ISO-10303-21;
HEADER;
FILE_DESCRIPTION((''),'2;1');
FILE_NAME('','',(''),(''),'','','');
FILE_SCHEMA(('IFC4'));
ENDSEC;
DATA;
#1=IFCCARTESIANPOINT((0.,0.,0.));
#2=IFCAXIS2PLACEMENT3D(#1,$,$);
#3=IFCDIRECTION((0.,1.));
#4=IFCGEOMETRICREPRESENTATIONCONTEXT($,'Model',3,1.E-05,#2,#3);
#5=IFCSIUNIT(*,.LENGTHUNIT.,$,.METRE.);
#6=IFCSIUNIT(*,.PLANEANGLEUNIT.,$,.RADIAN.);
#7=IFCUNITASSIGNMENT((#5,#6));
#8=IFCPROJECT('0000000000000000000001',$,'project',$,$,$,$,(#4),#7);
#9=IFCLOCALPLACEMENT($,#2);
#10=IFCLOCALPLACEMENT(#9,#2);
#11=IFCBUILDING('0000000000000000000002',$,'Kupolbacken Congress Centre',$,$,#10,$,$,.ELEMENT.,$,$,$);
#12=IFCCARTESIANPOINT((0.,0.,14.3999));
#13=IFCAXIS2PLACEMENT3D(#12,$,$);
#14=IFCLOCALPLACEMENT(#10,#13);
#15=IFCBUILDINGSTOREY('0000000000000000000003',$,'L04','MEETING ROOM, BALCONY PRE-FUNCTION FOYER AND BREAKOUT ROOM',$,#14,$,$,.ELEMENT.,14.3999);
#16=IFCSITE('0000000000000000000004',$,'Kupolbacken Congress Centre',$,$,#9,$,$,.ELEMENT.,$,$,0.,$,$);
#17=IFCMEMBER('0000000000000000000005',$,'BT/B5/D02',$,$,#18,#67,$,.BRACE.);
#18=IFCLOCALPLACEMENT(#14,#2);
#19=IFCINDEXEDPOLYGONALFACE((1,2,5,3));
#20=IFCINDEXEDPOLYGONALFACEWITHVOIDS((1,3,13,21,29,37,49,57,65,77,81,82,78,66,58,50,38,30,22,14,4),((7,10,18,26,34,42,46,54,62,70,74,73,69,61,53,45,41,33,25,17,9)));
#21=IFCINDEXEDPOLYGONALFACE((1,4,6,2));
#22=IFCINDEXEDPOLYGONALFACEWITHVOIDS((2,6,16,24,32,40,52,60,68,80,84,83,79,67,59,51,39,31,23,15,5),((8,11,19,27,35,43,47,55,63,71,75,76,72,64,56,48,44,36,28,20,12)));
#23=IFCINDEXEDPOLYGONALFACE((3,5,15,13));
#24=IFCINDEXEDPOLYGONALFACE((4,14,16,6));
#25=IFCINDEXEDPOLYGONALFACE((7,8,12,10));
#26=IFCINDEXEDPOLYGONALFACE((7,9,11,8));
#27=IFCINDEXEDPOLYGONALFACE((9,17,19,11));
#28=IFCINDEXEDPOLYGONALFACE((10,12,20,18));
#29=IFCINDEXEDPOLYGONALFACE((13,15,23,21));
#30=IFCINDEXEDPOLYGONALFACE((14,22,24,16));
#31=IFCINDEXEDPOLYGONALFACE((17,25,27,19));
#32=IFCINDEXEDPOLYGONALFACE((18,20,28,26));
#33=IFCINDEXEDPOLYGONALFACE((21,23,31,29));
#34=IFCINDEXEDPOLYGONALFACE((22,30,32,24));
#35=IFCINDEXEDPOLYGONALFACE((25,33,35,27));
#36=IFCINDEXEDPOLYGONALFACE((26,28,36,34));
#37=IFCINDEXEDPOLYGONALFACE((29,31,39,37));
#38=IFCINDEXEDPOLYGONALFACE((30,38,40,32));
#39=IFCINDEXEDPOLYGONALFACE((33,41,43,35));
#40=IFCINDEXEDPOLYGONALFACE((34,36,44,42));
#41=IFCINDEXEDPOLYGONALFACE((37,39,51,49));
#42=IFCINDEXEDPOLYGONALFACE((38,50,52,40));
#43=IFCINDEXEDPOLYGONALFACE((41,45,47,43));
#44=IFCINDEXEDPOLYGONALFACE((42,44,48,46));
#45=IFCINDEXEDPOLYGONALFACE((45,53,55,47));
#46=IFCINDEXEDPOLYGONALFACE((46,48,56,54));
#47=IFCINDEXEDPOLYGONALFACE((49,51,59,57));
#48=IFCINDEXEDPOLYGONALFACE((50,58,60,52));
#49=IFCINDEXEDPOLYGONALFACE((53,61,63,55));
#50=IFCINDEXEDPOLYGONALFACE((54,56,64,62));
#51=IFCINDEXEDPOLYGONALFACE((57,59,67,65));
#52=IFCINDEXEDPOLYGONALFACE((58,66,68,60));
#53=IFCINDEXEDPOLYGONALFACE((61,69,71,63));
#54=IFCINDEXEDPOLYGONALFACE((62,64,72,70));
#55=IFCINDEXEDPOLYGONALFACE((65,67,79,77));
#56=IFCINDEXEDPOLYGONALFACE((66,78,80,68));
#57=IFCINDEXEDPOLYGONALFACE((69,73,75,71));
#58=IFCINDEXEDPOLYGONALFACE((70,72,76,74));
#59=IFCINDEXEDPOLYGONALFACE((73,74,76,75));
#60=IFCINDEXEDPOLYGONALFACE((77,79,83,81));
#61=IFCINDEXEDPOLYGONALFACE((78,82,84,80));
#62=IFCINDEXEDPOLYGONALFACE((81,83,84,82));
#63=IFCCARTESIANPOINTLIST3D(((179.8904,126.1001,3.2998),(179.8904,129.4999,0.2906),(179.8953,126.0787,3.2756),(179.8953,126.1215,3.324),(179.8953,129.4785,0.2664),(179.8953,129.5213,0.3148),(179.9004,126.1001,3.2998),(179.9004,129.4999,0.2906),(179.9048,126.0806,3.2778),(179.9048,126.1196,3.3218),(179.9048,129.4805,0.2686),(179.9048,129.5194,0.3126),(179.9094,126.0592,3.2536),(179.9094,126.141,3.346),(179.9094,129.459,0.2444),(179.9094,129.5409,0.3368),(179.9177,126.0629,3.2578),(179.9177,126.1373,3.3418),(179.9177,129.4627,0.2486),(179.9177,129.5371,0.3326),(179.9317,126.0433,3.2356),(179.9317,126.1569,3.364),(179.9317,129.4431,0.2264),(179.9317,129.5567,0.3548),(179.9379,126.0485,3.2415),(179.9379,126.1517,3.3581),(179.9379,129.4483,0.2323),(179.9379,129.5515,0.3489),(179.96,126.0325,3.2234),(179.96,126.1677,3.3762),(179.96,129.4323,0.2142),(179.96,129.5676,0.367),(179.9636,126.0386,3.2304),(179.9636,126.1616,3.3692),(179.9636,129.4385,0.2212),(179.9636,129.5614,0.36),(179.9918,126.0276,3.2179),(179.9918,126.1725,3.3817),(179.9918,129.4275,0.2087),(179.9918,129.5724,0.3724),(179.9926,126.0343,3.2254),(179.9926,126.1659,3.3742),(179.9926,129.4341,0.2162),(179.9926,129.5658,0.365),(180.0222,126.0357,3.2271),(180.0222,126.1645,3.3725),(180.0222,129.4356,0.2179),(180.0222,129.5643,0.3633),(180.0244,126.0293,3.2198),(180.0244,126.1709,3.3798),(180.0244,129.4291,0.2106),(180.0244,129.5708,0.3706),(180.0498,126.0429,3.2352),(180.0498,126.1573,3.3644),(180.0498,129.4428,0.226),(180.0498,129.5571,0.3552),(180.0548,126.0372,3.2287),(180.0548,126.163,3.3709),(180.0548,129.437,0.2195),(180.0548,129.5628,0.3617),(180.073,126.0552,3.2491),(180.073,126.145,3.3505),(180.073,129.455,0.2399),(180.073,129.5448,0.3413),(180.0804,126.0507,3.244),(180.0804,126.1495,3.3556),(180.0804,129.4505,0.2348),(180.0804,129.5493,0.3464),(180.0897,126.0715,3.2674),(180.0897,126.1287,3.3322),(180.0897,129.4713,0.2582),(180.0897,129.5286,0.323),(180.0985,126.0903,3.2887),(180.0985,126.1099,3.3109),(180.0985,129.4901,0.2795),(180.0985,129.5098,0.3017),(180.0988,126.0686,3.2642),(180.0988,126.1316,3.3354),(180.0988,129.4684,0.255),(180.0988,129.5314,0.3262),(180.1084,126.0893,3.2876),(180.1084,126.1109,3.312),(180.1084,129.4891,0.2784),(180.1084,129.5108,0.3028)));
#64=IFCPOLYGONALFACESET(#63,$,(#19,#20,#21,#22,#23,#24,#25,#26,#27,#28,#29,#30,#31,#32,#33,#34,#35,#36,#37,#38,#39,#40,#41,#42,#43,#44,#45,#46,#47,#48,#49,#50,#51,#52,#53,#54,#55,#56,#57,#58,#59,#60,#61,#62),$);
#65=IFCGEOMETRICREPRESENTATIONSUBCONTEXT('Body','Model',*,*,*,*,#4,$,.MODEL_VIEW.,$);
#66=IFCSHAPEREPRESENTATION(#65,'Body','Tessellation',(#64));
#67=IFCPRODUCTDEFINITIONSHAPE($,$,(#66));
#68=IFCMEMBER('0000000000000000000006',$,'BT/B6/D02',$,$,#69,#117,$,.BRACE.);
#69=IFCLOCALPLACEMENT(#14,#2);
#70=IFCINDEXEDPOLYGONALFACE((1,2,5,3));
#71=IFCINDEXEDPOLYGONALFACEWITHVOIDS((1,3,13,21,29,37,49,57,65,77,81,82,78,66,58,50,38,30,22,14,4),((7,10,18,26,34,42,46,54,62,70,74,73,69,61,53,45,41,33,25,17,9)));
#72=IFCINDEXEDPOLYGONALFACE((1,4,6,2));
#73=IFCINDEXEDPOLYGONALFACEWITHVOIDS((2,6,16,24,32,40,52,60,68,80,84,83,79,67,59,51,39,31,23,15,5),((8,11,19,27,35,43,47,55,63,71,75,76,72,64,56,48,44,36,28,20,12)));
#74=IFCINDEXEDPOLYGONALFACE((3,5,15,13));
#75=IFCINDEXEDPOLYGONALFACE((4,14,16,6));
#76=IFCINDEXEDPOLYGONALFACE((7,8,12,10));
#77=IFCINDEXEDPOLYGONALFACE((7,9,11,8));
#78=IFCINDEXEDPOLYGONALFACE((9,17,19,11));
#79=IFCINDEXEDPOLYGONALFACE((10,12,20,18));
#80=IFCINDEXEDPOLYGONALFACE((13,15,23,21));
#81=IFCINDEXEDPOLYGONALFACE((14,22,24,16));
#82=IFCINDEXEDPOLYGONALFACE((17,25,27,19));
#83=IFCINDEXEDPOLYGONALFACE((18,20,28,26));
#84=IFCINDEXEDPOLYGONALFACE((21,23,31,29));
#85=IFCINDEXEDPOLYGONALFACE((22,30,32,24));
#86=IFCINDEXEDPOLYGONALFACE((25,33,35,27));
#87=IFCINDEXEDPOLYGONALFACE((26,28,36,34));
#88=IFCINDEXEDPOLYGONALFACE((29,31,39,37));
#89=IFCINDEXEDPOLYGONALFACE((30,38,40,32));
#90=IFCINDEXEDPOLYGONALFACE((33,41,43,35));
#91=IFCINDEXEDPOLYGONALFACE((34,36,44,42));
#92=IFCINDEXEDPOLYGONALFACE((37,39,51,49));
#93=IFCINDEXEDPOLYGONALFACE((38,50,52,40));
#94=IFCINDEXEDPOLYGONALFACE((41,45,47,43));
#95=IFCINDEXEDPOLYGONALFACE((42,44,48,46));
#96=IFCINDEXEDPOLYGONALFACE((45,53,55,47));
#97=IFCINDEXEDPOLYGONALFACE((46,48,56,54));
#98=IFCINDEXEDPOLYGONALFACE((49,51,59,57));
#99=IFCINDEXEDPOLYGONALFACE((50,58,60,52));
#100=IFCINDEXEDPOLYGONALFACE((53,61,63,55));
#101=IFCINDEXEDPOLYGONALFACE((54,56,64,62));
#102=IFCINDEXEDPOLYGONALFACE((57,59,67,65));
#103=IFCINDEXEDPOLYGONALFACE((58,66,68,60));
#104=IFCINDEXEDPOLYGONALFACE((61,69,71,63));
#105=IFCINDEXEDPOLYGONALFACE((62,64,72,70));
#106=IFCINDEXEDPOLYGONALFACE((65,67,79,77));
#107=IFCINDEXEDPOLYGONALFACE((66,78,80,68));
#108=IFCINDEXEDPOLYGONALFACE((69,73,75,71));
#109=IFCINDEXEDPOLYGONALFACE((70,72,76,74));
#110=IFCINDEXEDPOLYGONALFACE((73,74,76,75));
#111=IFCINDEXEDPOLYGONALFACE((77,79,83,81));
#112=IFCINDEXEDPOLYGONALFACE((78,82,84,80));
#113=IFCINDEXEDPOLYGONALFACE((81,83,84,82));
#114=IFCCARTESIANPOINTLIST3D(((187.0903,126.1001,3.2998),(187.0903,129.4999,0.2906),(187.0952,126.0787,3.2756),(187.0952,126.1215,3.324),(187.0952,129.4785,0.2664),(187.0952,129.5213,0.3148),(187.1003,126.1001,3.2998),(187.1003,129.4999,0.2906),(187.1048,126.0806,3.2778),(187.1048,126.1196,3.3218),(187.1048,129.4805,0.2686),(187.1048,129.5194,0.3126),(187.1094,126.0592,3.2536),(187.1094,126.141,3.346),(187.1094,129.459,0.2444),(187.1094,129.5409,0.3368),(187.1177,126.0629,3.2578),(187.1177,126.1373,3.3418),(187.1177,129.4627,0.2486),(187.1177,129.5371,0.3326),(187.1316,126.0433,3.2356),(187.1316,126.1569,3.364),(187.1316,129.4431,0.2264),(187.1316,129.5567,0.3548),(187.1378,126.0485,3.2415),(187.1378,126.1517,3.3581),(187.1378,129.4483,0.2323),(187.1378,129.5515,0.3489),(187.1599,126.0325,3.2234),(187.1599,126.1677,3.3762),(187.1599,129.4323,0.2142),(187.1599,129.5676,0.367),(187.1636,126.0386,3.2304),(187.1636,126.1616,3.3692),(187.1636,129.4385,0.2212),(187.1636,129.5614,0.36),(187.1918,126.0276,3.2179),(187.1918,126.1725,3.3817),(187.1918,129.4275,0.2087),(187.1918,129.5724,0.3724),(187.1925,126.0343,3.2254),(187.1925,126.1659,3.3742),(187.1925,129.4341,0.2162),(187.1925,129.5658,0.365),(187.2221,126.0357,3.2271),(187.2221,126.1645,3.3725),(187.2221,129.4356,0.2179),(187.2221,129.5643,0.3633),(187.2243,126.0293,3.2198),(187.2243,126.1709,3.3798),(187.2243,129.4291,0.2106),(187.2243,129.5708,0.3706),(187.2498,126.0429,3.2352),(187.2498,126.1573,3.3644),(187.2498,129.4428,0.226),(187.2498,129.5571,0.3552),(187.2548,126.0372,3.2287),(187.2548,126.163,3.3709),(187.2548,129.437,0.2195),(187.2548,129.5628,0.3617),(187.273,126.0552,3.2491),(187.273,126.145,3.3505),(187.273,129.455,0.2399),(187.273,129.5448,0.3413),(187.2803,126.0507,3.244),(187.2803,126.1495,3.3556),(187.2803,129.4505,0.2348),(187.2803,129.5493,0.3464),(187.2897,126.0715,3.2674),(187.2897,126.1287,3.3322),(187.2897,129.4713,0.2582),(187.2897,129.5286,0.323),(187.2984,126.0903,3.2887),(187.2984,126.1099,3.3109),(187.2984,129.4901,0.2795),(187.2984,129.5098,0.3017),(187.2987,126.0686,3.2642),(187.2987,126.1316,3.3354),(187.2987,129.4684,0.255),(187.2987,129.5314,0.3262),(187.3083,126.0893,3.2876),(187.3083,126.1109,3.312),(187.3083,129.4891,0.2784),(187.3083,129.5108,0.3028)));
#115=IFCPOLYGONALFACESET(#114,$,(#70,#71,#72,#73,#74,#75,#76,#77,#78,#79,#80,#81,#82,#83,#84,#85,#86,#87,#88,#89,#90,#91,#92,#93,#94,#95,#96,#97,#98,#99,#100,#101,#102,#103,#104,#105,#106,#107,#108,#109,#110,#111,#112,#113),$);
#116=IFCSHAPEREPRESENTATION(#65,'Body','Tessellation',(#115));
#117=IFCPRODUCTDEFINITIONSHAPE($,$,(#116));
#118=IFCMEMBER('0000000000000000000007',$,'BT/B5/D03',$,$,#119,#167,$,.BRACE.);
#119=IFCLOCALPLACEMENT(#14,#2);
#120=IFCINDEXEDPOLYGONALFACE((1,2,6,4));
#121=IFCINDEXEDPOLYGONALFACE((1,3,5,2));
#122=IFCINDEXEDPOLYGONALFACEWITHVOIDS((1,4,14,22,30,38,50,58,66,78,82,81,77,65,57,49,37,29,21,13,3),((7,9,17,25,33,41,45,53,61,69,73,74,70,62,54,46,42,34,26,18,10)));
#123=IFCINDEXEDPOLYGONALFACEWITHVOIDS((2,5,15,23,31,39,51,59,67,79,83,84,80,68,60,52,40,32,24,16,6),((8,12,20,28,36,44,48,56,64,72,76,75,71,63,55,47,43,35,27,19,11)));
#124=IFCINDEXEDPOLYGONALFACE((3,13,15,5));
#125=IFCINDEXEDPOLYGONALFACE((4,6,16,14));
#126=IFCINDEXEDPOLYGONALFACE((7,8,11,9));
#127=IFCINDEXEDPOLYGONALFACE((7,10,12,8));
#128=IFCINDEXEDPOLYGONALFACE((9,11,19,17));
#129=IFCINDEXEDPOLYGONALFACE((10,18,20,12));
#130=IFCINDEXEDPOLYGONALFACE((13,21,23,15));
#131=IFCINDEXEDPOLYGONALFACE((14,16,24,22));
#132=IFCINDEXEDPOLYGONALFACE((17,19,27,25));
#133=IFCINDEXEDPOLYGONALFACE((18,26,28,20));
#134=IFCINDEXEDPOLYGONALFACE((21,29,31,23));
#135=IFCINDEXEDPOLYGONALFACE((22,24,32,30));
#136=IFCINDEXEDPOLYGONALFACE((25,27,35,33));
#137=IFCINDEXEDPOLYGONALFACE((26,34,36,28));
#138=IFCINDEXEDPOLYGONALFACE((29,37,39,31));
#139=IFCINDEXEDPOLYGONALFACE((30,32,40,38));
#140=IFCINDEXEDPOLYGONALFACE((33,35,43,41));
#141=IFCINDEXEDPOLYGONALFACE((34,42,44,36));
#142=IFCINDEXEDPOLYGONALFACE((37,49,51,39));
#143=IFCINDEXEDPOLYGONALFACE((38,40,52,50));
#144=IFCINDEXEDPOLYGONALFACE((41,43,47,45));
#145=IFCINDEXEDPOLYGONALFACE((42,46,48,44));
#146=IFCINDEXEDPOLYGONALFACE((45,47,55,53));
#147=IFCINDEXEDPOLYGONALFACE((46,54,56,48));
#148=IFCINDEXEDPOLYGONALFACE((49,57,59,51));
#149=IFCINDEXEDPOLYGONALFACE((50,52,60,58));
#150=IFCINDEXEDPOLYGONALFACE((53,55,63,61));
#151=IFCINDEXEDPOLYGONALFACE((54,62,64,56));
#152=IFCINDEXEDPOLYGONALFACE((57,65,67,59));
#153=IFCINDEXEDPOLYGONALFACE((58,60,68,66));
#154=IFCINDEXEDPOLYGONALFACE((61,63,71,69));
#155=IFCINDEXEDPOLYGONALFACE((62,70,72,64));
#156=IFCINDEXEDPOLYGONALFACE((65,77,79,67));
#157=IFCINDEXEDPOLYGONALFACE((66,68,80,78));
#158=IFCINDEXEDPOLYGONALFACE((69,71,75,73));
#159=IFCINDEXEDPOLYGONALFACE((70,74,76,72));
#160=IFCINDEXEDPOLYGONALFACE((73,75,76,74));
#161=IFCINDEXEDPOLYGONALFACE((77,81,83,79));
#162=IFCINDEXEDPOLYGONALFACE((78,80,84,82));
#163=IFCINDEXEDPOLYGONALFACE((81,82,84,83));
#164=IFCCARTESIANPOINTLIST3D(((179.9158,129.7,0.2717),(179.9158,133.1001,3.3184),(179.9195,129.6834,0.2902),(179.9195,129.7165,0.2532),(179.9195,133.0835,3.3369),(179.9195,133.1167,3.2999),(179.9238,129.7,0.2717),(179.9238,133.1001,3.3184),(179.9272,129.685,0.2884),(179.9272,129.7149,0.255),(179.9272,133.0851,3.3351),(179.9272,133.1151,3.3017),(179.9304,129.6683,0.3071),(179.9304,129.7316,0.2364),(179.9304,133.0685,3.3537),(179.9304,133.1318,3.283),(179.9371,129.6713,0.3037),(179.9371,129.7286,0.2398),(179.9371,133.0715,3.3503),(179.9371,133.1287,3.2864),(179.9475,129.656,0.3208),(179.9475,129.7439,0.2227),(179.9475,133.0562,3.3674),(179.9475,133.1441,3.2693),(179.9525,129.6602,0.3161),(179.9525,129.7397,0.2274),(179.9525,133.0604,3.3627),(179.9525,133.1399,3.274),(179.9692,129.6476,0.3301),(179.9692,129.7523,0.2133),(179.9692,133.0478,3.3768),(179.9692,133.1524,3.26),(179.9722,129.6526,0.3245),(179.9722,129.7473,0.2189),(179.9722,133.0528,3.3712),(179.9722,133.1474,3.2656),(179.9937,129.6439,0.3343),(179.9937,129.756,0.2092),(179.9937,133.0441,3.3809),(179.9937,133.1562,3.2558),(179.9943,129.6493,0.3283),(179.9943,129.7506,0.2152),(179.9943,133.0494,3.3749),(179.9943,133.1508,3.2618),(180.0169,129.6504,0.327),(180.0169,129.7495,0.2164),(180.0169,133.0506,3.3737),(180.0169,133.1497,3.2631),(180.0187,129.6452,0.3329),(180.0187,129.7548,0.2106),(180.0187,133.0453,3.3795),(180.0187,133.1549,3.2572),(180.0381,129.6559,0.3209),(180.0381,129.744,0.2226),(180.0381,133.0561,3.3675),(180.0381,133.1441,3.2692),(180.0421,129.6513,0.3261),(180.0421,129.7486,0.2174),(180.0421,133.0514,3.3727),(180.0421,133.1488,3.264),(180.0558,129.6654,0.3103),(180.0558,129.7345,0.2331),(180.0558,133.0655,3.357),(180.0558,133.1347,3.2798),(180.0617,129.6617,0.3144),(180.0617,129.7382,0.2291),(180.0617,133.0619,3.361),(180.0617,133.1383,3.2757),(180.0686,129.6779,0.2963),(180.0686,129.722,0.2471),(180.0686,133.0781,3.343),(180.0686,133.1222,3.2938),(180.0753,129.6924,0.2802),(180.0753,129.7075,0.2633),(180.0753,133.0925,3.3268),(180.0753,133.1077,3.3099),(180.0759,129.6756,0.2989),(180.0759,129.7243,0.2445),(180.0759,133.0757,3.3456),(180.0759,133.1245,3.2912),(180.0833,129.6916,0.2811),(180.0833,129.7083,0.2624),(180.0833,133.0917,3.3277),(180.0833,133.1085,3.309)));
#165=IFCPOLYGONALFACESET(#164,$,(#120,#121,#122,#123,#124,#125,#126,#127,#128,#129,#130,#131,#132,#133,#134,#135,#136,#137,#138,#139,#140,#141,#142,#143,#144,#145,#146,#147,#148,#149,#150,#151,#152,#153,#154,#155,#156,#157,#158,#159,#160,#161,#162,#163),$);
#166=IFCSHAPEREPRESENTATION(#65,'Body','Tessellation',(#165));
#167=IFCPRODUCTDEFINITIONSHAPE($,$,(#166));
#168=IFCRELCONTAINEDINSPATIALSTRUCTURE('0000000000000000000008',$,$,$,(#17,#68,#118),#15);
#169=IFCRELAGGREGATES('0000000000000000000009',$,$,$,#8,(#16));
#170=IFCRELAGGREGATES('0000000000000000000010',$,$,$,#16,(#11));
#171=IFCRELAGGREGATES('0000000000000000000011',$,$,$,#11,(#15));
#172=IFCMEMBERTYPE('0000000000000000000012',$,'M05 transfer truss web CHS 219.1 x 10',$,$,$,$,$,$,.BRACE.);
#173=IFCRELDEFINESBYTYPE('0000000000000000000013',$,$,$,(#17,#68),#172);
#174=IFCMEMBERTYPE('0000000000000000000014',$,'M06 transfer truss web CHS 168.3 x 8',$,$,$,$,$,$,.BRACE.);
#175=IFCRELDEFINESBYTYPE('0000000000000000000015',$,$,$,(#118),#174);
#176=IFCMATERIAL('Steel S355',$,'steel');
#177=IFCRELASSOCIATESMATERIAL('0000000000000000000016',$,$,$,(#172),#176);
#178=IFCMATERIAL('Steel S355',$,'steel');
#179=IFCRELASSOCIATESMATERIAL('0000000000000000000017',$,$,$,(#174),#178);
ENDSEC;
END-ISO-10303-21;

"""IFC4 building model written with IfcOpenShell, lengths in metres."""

from ifc_helpers import new_model, si_unit, direction, frame, origin, origin_2d, place, context, subcontext, project, spatial, hollow_circle, extrude, material, material_profile, profile_set, type_object, element, save


model = new_model("IFC4")

# Units and contexts
model_context = context("Model", 3, precision=1e-05, world=origin(), true_north=direction((0.0, 1.0)))
body_context = subcontext(model_context, "Body", "Model", "MODEL_VIEW")
ifc_project = project(units=[si_unit("LENGTHUNIT", "METRE"), si_unit("PLANEANGLEUNIT", "RADIAN")], contexts=[model_context])

# Site, building, storey
site_placement = place(None, origin())
site = spatial("IfcSite", under=ifc_project, at=site_placement, Name="Kupolbacken Congress Centre", CompositionType="ELEMENT", RefElevation=0.0)
building_placement = place(site_placement, origin())
building = spatial("IfcBuilding", under=site, at=building_placement, Name="Kupolbacken Congress Centre", CompositionType="ELEMENT")
storey_placement = place(building_placement, frame((0.0, 0.0, 14.3999)))
storey = spatial("IfcBuildingStorey", under=building, at=storey_placement, Name="L04", Description="MEETING ROOM, BALCONY PRE-FUNCTION FOYER AND BREAKOUT ROOM", CompositionType="ELEMENT", Elevation=14.3999)

# Members
ifc_material_1 = material(Name="Steel S355", Category="steel")
ifc_material_profile_1 = material_profile(ifc_material_1, hollow_circle(Radius=0.1096, WallThickness=0.01, at=origin_2d()), Name="CHS 219.1 x 10")
ifc_profile_set_1 = profile_set([ifc_material_profile_1], Name="Steel S355")
member_type_1 = type_object("IfcMemberType", Name="M05 transfer truss web CHS 219.1 x 10", PredefinedType="BRACE", material=ifc_profile_set_1)
for number, where, z_axis, x_axis, name in (
    (1, (180.0, 126.1001, 3.2998), (0.0, 0.748814, -0.66278), (-1.0, 0.0, 0.0), "BT/B5/D02"),
    (2, (187.2, 126.1001, 3.2998), (0.0, 0.748814, -0.66278), (-1.0, 0.0, 0.0), "BT/B6/D02"),
):
    element("IfcMember", number, at=place(storey_placement, frame(where, z_axis=z_axis, x_axis=x_axis)), inside=storey, type_object=member_type_1, Name=name, PredefinedType="BRACE", context=body_context, shape_type="SweptSolid", body=[
        extrude(hollow_circle(Radius=0.1096, WallThickness=0.01, at=origin_2d()), origin(), (0.0, 0.0, 1.0), 4.5403),
    ])
ifc_material_2 = material(Name="Steel S355", Category="steel")
ifc_material_profile_2 = material_profile(ifc_material_2, hollow_circle(Radius=0.0842, WallThickness=0.0081, at=origin_2d()), Name="CHS 168.3 x 8")
ifc_profile_set_2 = profile_set([ifc_material_profile_2], Name="Steel S355")
member_type_2 = type_object("IfcMemberType", Name="M06 transfer truss web CHS 168.3 x 8", PredefinedType="BRACE", material=ifc_profile_set_2)
for number, where, z_axis, x_axis, name in (
    (3, (180.0, 129.7, 0.2717), (0.0, 0.744763, 0.667329), (-1.0, 0.0, 0.0), "BT/B5/D03"),
):
    element("IfcMember", number, at=place(storey_placement, frame(where, z_axis=z_axis, x_axis=x_axis)), inside=storey, type_object=member_type_2, Name=name, PredefinedType="BRACE", context=body_context, shape_type="SweptSolid", body=[
        extrude(hollow_circle(Radius=0.0842, WallThickness=0.0081, at=origin_2d()), origin(), (0.0, 0.0, 1.0), 4.5654),
    ])

save(model, "model.ifc")
